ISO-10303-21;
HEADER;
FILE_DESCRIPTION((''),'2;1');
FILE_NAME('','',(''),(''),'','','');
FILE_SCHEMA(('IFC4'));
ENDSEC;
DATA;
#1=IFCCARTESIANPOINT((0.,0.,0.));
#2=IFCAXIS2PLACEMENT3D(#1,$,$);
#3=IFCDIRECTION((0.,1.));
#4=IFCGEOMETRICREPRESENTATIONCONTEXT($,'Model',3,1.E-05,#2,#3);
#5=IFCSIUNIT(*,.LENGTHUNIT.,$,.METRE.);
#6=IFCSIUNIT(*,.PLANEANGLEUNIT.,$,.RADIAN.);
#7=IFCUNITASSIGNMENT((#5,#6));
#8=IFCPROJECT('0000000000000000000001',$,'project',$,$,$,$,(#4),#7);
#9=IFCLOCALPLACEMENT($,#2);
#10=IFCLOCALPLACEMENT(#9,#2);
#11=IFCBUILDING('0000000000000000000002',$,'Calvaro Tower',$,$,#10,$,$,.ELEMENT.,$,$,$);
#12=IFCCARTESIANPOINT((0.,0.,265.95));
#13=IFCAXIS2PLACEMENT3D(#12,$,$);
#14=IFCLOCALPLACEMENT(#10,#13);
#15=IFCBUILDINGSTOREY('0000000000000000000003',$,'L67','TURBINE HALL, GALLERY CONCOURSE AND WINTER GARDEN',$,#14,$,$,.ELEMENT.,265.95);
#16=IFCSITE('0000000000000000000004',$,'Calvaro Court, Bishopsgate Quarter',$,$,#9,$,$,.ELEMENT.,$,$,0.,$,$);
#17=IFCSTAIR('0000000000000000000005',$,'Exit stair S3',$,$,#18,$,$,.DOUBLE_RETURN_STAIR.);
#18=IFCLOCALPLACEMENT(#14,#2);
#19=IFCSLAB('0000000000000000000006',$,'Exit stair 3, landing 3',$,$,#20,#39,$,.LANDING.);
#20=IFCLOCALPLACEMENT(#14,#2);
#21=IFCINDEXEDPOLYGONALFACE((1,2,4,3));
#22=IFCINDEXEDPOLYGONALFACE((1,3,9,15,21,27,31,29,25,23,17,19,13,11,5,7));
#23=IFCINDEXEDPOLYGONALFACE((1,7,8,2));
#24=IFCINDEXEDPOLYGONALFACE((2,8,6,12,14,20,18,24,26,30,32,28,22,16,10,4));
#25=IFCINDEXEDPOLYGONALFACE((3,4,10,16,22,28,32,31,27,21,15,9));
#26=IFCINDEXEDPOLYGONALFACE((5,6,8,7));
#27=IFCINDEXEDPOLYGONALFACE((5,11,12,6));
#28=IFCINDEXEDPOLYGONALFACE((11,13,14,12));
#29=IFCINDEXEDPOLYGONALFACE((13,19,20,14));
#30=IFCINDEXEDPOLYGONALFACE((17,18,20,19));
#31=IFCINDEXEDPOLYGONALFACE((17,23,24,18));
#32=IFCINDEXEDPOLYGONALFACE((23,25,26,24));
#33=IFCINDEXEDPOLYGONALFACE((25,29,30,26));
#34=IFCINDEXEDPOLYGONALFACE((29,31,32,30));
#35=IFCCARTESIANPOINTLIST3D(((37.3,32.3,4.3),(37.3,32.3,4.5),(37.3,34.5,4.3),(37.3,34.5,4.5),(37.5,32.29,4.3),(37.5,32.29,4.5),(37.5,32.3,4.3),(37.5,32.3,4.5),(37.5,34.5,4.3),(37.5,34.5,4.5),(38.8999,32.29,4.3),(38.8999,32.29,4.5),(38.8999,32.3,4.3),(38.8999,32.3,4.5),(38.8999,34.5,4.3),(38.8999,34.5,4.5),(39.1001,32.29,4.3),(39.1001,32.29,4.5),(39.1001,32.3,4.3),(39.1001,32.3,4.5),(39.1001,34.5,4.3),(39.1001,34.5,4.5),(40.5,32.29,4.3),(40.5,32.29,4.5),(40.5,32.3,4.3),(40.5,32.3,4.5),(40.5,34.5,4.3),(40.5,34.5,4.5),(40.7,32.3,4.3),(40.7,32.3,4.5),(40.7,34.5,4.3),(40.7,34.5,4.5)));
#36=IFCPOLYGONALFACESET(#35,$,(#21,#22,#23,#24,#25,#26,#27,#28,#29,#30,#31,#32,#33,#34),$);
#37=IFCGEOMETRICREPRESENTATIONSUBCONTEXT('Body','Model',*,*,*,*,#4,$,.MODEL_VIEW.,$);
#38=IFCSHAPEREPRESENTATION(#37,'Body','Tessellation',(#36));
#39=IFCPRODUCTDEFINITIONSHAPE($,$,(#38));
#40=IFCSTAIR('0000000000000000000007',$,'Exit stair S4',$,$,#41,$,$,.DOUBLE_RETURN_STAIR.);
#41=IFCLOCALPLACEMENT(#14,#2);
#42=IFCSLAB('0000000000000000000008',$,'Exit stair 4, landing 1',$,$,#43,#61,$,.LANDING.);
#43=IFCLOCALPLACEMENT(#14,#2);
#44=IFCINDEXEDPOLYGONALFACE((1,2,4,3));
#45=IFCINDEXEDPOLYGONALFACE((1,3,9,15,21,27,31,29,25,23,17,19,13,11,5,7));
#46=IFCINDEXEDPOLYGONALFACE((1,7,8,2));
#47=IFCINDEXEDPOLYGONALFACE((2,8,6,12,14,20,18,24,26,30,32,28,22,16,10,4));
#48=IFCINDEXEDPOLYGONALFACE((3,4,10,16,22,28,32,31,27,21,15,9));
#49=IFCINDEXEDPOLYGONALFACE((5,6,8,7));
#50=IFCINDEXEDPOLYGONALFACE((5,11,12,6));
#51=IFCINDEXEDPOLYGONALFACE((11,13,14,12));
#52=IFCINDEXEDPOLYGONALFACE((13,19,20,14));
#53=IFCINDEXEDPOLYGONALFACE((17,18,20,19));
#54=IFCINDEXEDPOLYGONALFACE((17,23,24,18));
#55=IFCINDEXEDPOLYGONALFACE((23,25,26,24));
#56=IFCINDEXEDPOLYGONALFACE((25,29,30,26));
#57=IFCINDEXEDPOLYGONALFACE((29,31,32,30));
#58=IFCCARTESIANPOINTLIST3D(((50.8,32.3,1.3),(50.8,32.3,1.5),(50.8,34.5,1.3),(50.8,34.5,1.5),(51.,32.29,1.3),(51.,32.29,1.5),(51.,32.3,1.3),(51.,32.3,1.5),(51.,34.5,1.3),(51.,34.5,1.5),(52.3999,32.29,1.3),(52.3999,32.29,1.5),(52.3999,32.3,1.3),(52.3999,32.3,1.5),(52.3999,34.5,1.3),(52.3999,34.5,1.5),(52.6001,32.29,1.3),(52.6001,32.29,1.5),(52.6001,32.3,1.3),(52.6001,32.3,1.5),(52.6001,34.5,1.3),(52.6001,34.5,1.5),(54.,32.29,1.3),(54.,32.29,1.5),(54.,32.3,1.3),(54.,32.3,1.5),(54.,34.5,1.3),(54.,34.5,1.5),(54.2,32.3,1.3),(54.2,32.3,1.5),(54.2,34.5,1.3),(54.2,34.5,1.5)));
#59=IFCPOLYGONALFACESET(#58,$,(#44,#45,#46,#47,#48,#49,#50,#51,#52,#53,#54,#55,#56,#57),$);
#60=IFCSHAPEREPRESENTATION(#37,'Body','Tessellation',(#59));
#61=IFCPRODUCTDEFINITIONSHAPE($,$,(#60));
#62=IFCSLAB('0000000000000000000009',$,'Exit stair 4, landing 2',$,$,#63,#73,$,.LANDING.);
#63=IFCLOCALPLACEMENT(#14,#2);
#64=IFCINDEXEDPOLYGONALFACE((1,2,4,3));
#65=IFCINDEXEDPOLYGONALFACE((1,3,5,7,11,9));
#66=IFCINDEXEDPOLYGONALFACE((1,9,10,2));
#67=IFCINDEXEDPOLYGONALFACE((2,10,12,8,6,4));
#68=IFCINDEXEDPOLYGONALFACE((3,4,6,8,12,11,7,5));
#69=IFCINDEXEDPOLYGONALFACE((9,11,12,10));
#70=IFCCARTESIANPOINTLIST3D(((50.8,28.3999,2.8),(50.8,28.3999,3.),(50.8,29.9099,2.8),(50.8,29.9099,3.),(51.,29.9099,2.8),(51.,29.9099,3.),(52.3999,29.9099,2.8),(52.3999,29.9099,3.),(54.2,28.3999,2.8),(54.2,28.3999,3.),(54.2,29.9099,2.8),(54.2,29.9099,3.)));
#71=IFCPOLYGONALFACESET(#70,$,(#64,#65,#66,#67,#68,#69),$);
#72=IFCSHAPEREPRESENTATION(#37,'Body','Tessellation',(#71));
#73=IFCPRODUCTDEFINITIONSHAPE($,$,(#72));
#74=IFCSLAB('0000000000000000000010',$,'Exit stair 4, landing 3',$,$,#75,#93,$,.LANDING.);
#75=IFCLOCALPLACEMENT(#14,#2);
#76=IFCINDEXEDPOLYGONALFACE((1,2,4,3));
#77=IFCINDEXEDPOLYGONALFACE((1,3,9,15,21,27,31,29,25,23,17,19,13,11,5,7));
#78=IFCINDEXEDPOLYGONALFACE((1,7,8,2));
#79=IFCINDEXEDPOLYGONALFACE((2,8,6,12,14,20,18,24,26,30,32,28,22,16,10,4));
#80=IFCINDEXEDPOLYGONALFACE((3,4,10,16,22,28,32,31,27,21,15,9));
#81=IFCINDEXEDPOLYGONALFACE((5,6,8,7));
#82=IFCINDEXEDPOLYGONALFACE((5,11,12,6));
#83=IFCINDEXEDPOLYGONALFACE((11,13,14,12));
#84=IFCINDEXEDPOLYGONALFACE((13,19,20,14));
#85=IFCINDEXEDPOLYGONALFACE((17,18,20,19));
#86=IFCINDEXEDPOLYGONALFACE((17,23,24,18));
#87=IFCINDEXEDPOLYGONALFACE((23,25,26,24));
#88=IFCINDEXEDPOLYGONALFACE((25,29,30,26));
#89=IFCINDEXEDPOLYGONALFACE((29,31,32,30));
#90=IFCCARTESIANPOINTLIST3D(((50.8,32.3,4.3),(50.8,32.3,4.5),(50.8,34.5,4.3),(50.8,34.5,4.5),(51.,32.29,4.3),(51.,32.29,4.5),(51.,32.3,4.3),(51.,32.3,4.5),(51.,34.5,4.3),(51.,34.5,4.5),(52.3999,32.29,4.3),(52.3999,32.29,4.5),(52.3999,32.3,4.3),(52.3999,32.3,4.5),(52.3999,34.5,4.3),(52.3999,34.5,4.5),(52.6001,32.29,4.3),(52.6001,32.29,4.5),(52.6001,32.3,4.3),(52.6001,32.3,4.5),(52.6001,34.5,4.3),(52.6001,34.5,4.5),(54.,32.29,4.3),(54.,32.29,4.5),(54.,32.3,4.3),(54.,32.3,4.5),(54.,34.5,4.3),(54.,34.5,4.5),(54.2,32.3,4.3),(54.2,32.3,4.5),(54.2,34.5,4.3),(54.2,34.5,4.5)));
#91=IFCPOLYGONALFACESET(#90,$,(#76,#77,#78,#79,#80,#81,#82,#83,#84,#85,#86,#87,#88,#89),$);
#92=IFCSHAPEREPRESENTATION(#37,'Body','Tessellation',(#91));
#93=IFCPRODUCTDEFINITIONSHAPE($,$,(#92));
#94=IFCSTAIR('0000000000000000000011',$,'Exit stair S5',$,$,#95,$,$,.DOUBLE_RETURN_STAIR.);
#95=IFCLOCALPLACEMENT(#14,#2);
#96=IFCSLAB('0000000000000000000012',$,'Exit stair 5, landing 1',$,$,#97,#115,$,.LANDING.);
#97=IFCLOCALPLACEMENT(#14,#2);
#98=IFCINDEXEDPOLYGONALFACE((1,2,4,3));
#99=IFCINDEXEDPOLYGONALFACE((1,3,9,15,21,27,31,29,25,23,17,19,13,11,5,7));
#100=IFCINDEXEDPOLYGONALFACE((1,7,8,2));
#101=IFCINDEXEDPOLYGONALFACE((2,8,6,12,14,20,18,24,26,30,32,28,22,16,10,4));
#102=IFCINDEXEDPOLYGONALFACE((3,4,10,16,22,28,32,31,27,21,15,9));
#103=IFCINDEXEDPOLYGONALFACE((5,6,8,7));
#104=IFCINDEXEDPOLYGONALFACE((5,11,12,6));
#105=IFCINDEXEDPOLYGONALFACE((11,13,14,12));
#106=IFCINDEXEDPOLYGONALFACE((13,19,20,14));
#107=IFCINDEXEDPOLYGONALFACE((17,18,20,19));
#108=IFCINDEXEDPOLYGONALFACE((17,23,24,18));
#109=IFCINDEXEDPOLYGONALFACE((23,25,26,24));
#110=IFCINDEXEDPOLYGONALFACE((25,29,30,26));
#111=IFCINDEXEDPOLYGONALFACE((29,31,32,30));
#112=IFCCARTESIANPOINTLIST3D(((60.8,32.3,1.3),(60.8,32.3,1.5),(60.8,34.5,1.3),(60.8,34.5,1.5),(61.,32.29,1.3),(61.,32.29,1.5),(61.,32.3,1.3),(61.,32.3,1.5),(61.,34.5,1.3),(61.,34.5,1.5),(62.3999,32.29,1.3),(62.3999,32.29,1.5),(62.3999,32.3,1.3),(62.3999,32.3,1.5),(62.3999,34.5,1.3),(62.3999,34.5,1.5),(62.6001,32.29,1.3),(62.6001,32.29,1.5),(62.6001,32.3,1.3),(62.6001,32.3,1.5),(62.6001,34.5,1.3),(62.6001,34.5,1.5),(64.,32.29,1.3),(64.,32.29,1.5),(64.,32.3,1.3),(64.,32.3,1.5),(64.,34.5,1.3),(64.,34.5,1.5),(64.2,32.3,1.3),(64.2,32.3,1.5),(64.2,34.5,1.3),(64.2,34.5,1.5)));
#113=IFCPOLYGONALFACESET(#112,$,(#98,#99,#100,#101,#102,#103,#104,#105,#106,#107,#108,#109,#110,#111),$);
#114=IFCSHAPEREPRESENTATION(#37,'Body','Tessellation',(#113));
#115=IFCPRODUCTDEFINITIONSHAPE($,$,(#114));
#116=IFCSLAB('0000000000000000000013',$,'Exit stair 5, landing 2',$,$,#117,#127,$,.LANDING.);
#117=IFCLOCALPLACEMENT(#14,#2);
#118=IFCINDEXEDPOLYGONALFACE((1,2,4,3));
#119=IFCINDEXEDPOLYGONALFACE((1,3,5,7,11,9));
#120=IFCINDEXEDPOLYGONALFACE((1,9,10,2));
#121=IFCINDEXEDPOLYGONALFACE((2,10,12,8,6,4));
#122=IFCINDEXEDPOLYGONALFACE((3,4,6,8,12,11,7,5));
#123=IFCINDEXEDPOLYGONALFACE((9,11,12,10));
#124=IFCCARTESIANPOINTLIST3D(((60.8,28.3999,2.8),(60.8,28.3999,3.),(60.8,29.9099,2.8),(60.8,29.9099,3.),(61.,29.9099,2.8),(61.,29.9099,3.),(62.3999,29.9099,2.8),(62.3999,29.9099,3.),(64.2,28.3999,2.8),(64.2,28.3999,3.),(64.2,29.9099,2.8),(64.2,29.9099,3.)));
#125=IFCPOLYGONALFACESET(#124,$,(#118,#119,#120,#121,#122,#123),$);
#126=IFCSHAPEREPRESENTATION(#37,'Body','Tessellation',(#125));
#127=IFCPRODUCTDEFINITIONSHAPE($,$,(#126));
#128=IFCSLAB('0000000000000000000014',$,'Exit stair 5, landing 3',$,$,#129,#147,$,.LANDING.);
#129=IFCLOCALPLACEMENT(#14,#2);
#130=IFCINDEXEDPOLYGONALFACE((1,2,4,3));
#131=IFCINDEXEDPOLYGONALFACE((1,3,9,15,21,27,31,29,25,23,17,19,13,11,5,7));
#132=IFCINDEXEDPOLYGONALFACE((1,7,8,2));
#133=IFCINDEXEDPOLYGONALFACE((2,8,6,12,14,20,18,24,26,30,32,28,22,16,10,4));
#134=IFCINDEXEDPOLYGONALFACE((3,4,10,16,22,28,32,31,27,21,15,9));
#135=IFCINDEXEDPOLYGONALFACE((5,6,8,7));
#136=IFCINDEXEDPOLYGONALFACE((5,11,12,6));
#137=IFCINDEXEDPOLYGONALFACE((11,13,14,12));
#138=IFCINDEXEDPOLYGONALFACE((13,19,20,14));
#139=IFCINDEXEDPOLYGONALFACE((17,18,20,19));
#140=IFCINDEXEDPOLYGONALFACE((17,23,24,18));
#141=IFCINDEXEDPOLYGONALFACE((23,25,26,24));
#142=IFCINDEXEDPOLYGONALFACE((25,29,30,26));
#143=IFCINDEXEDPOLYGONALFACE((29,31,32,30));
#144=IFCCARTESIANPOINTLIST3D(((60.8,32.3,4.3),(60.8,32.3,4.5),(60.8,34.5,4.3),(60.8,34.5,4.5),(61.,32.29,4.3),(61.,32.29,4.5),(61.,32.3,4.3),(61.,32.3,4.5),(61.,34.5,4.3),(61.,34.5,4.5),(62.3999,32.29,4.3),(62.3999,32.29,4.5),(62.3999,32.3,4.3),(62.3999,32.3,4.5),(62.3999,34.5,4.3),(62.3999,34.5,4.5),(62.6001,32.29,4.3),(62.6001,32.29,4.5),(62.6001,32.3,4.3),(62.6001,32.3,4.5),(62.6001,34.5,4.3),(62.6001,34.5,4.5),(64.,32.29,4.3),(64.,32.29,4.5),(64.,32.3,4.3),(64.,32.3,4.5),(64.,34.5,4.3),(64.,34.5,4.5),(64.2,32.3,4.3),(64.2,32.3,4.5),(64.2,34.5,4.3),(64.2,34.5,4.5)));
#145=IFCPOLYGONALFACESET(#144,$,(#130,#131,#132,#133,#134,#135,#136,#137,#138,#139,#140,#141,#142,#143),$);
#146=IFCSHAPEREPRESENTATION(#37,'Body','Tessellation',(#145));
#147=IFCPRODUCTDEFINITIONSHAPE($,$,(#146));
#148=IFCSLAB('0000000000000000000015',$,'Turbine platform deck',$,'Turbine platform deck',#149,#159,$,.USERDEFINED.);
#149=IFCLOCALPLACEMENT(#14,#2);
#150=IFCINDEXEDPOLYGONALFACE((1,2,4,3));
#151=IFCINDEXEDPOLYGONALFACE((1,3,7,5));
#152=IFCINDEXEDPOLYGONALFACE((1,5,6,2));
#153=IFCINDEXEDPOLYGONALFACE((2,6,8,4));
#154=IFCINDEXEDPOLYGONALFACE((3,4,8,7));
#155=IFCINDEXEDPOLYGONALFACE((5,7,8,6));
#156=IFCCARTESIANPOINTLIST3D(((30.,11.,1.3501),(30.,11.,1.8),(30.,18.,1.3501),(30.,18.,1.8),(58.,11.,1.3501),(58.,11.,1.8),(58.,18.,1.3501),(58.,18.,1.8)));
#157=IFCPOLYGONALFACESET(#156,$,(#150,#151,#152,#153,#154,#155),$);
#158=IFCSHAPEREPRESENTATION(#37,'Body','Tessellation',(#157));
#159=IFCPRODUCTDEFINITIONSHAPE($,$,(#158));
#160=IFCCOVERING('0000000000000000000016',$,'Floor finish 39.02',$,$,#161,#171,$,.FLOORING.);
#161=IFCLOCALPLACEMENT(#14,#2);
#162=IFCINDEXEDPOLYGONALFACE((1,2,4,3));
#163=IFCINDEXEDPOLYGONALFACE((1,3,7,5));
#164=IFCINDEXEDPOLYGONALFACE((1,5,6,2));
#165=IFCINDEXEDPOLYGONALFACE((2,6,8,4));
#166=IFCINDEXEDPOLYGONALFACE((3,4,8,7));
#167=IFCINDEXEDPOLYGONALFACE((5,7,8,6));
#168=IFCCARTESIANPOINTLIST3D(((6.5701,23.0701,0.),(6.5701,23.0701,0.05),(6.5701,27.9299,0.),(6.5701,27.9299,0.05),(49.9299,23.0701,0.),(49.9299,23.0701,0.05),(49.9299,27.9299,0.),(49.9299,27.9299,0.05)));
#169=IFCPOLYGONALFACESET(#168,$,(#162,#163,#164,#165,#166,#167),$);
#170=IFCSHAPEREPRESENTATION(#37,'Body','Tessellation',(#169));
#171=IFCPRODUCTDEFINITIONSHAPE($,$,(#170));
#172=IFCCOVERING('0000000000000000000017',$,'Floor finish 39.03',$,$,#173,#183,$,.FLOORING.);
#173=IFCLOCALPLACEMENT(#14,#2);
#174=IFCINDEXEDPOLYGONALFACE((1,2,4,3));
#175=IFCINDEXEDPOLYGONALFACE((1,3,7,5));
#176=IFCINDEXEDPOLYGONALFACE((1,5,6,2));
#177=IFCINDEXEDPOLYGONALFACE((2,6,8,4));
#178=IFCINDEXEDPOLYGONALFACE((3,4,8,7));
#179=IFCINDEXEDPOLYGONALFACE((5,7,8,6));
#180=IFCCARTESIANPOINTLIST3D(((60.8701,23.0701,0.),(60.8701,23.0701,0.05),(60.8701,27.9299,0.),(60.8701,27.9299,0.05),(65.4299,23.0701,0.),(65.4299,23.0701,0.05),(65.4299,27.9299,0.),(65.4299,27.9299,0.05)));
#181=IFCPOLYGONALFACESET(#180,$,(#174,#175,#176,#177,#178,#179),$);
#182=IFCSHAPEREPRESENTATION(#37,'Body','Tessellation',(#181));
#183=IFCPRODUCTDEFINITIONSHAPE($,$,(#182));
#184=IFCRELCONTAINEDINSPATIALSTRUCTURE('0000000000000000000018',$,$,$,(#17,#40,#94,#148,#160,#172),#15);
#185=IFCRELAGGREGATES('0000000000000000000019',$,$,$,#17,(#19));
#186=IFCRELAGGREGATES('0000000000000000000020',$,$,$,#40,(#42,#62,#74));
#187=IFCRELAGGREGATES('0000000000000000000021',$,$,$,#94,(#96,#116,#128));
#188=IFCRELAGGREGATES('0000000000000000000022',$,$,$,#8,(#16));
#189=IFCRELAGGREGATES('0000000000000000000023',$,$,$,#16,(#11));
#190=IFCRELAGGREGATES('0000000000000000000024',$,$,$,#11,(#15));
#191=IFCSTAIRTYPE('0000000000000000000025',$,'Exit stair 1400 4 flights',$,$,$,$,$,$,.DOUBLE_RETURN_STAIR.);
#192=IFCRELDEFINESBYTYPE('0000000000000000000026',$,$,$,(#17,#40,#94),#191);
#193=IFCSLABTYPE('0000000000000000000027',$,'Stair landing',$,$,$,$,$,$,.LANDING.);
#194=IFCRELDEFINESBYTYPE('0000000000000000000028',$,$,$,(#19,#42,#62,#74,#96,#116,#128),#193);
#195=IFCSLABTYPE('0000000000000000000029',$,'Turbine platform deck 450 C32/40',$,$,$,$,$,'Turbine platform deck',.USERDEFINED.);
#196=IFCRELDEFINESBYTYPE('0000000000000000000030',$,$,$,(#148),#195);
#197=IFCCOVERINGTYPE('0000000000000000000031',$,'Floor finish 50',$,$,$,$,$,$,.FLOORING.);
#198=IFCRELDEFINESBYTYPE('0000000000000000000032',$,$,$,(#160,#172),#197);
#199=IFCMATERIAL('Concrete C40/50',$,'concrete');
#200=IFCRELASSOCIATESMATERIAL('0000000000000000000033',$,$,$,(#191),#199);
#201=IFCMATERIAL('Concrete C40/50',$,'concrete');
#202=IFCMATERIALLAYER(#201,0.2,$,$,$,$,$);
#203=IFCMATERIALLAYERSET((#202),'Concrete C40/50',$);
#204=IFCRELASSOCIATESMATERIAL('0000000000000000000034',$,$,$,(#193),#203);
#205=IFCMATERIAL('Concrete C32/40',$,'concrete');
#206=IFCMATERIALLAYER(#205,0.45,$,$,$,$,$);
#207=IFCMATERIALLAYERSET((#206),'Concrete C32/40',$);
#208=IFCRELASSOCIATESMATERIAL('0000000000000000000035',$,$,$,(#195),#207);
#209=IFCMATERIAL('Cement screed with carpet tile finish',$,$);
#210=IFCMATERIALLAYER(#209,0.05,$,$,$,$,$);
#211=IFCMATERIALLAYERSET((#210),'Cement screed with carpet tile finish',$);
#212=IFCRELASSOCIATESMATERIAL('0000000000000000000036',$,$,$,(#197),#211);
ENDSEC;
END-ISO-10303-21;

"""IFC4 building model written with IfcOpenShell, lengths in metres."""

from ifc_helpers import new_model, si_unit, direction, frame, origin, place, context, subcontext, project, spatial, polyline, outline, extrude, material, layer, layer_set, type_object, element, aggregate, save


model = new_model("IFC4")

# Units and contexts
model_context = context("Model", 3, precision=1e-05, world=origin(), true_north=direction((0.0, 1.0)))
body_context = subcontext(model_context, "Body", "Model", "MODEL_VIEW")
ifc_project = project(units=[si_unit("LENGTHUNIT", "METRE"), si_unit("PLANEANGLEUNIT", "RADIAN")], contexts=[model_context])

# Site, building, storey
site_placement = place(None, origin())
site = spatial("IfcSite", under=ifc_project, at=site_placement, Name="Calvaro Court, Bishopsgate Quarter", CompositionType="ELEMENT", RefElevation=0.0)
building_placement = place(site_placement, origin())
building = spatial("IfcBuilding", under=site, at=building_placement, Name="Calvaro Tower", CompositionType="ELEMENT")
storey_placement = place(building_placement, frame((0.0, 0.0, 265.95)))
storey = spatial("IfcBuildingStorey", under=building, at=storey_placement, Name="L67", Description="TURBINE HALL, GALLERY CONCOURSE AND WINTER GARDEN", CompositionType="ELEMENT", Elevation=265.95)

# Stairs, slabs
ifc_material_1 = material(Name="Concrete C40/50", Category="concrete")
stair_type = type_object("IfcStairType", Name="Exit stair 1400 4 flights", PredefinedType="DOUBLE_RETURN_STAIR", material=ifc_material_1)
ifc_material_2 = material(Name="Concrete C40/50", Category="concrete")
ifc_layer_1 = layer(ifc_material_2, 0.2)
ifc_layer_set_1 = layer_set([ifc_layer_1], Name="Concrete C40/50")
slab_type_1 = type_object("IfcSlabType", Name="Stair landing", PredefinedType="LANDING", material=ifc_layer_set_1)
stair_1_placement = place(storey_placement, origin())
stair_1 = element("IfcStair", 1, at=stair_1_placement, inside=storey, type_object=stair_type, Name="Exit stair S3", PredefinedType="DOUBLE_RETURN_STAIR")
slab_1_placement = place(storey_placement, frame((0.0, 0.0, 4.3)))
slab_1 = element("IfcSlab", 2, at=slab_1_placement, type_object=slab_type_1, Name="Exit stair 3, landing 3", PredefinedType="LANDING", context=body_context, shape_type="SweptSolid", body=[
    extrude(outline(polyline([(38.8999, 32.29), (37.5, 32.29), (37.5, 32.3), (37.3, 32.3), (37.3, 34.5), (37.5, 34.5), (38.8999, 34.5), (39.1001, 34.5), (40.5, 34.5), (40.7, 34.5), (40.7, 32.3), (40.5, 32.3), (40.5, 32.29), (39.1001, 32.29), (39.1001, 32.3), (38.8999, 32.3), (38.8999, 32.29)])), origin(), (0.0, 0.0, 1.0), 0.2),
])
aggregate(stair_1, [slab_1])
stair_2_placement = place(storey_placement, origin())
stair_2 = element("IfcStair", 3, at=stair_2_placement, inside=storey, type_object=stair_type, Name="Exit stair S4", PredefinedType="DOUBLE_RETURN_STAIR")
slab_2_placement = place(storey_placement, frame((0.0, 0.0, 1.3)))
slab_2 = element("IfcSlab", 4, at=slab_2_placement, type_object=slab_type_1, Name="Exit stair 4, landing 1", PredefinedType="LANDING", context=body_context, shape_type="SweptSolid", body=[
    extrude(outline(polyline([(52.3999, 32.29), (51.0, 32.29), (51.0, 32.3), (50.8, 32.3), (50.8, 34.5), (51.0, 34.5), (52.3999, 34.5), (52.6001, 34.5), (54.0, 34.5), (54.2, 34.5), (54.2, 32.3), (54.0, 32.3), (54.0, 32.29), (52.6001, 32.29), (52.6001, 32.3), (52.3999, 32.3), (52.3999, 32.29)])), origin(), (0.0, 0.0, 1.0), 0.2),
])
slab_3_placement = place(storey_placement, frame((0.0, 0.0, 2.8)))
slab_3 = element("IfcSlab", 5, at=slab_3_placement, type_object=slab_type_1, Name="Exit stair 4, landing 2", PredefinedType="LANDING", context=body_context, shape_type="SweptSolid", body=[
    extrude(outline(polyline([(54.2, 29.9099), (54.2, 28.3999), (50.8, 28.3999), (50.8, 29.9099), (51.0, 29.9099), (52.3999, 29.9099), (54.2, 29.9099)])), origin(), (0.0, 0.0, 1.0), 0.2),
])
slab_4_placement = place(storey_placement, frame((0.0, 0.0, 4.3)))
slab_4 = element("IfcSlab", 6, at=slab_4_placement, type_object=slab_type_1, Name="Exit stair 4, landing 3", PredefinedType="LANDING", context=body_context, shape_type="SweptSolid", body=[
    extrude(outline(polyline([(52.3999, 32.29), (51.0, 32.29), (51.0, 32.3), (50.8, 32.3), (50.8, 34.5), (51.0, 34.5), (52.3999, 34.5), (52.6001, 34.5), (54.0, 34.5), (54.2, 34.5), (54.2, 32.3), (54.0, 32.3), (54.0, 32.29), (52.6001, 32.29), (52.6001, 32.3), (52.3999, 32.3), (52.3999, 32.29)])), origin(), (0.0, 0.0, 1.0), 0.2),
])
aggregate(stair_2, [slab_2, slab_3, slab_4])
stair_3_placement = place(storey_placement, origin())
stair_3 = element("IfcStair", 7, at=stair_3_placement, inside=storey, type_object=stair_type, Name="Exit stair S5", PredefinedType="DOUBLE_RETURN_STAIR")
slab_5_placement = place(storey_placement, frame((0.0, 0.0, 1.3)))
slab_5 = element("IfcSlab", 8, at=slab_5_placement, type_object=slab_type_1, Name="Exit stair 5, landing 1", PredefinedType="LANDING", context=body_context, shape_type="SweptSolid", body=[
    extrude(outline(polyline([(62.3999, 32.29), (61.0, 32.29), (61.0, 32.3), (60.8, 32.3), (60.8, 34.5), (61.0, 34.5), (62.3999, 34.5), (62.6001, 34.5), (64.0, 34.5), (64.2, 34.5), (64.2, 32.3), (64.0, 32.3), (64.0, 32.29), (62.6001, 32.29), (62.6001, 32.3), (62.3999, 32.3), (62.3999, 32.29)])), origin(), (0.0, 0.0, 1.0), 0.2),
])
slab_6_placement = place(storey_placement, frame((0.0, 0.0, 2.8)))
slab_6 = element("IfcSlab", 9, at=slab_6_placement, type_object=slab_type_1, Name="Exit stair 5, landing 2", PredefinedType="LANDING", context=body_context, shape_type="SweptSolid", body=[
    extrude(outline(polyline([(64.2, 29.9099), (64.2, 28.3999), (60.8, 28.3999), (60.8, 29.9099), (61.0, 29.9099), (62.3999, 29.9099), (64.2, 29.9099)])), origin(), (0.0, 0.0, 1.0), 0.2),
])
slab_7_placement = place(storey_placement, frame((0.0, 0.0, 4.3)))
slab_7 = element("IfcSlab", 10, at=slab_7_placement, type_object=slab_type_1, Name="Exit stair 5, landing 3", PredefinedType="LANDING", context=body_context, shape_type="SweptSolid", body=[
    extrude(outline(polyline([(62.3999, 32.29), (61.0, 32.29), (61.0, 32.3), (60.8, 32.3), (60.8, 34.5), (61.0, 34.5), (62.3999, 34.5), (62.6001, 34.5), (64.0, 34.5), (64.2, 34.5), (64.2, 32.3), (64.0, 32.3), (64.0, 32.29), (62.6001, 32.29), (62.6001, 32.3), (62.3999, 32.3), (62.3999, 32.29)])), origin(), (0.0, 0.0, 1.0), 0.2),
])
aggregate(stair_3, [slab_5, slab_6, slab_7])

# Slab
ifc_material_3 = material(Name="Concrete C32/40", Category="concrete")
ifc_layer_2 = layer(ifc_material_3, 0.45)
ifc_layer_set_2 = layer_set([ifc_layer_2], Name="Concrete C32/40")
slab_type_2 = type_object("IfcSlabType", Name="Turbine platform deck 450 C32/40", ElementType="Turbine platform deck", PredefinedType="USERDEFINED", material=ifc_layer_set_2)
slab_8_placement = place(storey_placement, frame((0.0, 0.0, 1.3501)))
element("IfcSlab", 11, at=slab_8_placement, inside=storey, type_object=slab_type_2, Name="Turbine platform deck", ObjectType="Turbine platform deck", PredefinedType="USERDEFINED", context=body_context, shape_type="SweptSolid", body=[
    extrude(outline(polyline([(30.0, 11.0), (58.0, 11.0), (58.0, 18.0), (30.0, 18.0), (30.0, 11.0)])), origin(), (0.0, 0.0, 1.0), 0.45),
])

# Coverings
ifc_material_4 = material(Name="Cement screed with carpet tile finish")
ifc_layer_3 = layer(ifc_material_4, 0.05)
ifc_layer_set_3 = layer_set([ifc_layer_3], Name="Cement screed with carpet tile finish")
covering_type = type_object("IfcCoveringType", Name="Floor finish 50", PredefinedType="FLOORING", material=ifc_layer_set_3)
covering_1_placement = place(storey_placement, origin())
element("IfcCovering", 12, at=covering_1_placement, inside=storey, type_object=covering_type, Name="Floor finish 39.02", PredefinedType="FLOORING", context=body_context, shape_type="SweptSolid", body=[
    extrude(outline(polyline([(49.9299, 23.0701), (6.5701, 23.0701), (6.5701, 27.9299), (49.9299, 27.9299), (49.9299, 23.0701)])), origin(), (0.0, 0.0, 1.0), 0.05),
])
covering_2_placement = place(storey_placement, origin())
element("IfcCovering", 13, at=covering_2_placement, inside=storey, type_object=covering_type, Name="Floor finish 39.03", PredefinedType="FLOORING", context=body_context, shape_type="SweptSolid", body=[
    extrude(outline(polyline([(60.8701, 23.0701), (60.8701, 27.9299), (65.4299, 27.9299), (65.4299, 23.0701), (60.8701, 23.0701)])), origin(), (0.0, 0.0, 1.0), 0.05),
])

save(model, "model.ifc")
